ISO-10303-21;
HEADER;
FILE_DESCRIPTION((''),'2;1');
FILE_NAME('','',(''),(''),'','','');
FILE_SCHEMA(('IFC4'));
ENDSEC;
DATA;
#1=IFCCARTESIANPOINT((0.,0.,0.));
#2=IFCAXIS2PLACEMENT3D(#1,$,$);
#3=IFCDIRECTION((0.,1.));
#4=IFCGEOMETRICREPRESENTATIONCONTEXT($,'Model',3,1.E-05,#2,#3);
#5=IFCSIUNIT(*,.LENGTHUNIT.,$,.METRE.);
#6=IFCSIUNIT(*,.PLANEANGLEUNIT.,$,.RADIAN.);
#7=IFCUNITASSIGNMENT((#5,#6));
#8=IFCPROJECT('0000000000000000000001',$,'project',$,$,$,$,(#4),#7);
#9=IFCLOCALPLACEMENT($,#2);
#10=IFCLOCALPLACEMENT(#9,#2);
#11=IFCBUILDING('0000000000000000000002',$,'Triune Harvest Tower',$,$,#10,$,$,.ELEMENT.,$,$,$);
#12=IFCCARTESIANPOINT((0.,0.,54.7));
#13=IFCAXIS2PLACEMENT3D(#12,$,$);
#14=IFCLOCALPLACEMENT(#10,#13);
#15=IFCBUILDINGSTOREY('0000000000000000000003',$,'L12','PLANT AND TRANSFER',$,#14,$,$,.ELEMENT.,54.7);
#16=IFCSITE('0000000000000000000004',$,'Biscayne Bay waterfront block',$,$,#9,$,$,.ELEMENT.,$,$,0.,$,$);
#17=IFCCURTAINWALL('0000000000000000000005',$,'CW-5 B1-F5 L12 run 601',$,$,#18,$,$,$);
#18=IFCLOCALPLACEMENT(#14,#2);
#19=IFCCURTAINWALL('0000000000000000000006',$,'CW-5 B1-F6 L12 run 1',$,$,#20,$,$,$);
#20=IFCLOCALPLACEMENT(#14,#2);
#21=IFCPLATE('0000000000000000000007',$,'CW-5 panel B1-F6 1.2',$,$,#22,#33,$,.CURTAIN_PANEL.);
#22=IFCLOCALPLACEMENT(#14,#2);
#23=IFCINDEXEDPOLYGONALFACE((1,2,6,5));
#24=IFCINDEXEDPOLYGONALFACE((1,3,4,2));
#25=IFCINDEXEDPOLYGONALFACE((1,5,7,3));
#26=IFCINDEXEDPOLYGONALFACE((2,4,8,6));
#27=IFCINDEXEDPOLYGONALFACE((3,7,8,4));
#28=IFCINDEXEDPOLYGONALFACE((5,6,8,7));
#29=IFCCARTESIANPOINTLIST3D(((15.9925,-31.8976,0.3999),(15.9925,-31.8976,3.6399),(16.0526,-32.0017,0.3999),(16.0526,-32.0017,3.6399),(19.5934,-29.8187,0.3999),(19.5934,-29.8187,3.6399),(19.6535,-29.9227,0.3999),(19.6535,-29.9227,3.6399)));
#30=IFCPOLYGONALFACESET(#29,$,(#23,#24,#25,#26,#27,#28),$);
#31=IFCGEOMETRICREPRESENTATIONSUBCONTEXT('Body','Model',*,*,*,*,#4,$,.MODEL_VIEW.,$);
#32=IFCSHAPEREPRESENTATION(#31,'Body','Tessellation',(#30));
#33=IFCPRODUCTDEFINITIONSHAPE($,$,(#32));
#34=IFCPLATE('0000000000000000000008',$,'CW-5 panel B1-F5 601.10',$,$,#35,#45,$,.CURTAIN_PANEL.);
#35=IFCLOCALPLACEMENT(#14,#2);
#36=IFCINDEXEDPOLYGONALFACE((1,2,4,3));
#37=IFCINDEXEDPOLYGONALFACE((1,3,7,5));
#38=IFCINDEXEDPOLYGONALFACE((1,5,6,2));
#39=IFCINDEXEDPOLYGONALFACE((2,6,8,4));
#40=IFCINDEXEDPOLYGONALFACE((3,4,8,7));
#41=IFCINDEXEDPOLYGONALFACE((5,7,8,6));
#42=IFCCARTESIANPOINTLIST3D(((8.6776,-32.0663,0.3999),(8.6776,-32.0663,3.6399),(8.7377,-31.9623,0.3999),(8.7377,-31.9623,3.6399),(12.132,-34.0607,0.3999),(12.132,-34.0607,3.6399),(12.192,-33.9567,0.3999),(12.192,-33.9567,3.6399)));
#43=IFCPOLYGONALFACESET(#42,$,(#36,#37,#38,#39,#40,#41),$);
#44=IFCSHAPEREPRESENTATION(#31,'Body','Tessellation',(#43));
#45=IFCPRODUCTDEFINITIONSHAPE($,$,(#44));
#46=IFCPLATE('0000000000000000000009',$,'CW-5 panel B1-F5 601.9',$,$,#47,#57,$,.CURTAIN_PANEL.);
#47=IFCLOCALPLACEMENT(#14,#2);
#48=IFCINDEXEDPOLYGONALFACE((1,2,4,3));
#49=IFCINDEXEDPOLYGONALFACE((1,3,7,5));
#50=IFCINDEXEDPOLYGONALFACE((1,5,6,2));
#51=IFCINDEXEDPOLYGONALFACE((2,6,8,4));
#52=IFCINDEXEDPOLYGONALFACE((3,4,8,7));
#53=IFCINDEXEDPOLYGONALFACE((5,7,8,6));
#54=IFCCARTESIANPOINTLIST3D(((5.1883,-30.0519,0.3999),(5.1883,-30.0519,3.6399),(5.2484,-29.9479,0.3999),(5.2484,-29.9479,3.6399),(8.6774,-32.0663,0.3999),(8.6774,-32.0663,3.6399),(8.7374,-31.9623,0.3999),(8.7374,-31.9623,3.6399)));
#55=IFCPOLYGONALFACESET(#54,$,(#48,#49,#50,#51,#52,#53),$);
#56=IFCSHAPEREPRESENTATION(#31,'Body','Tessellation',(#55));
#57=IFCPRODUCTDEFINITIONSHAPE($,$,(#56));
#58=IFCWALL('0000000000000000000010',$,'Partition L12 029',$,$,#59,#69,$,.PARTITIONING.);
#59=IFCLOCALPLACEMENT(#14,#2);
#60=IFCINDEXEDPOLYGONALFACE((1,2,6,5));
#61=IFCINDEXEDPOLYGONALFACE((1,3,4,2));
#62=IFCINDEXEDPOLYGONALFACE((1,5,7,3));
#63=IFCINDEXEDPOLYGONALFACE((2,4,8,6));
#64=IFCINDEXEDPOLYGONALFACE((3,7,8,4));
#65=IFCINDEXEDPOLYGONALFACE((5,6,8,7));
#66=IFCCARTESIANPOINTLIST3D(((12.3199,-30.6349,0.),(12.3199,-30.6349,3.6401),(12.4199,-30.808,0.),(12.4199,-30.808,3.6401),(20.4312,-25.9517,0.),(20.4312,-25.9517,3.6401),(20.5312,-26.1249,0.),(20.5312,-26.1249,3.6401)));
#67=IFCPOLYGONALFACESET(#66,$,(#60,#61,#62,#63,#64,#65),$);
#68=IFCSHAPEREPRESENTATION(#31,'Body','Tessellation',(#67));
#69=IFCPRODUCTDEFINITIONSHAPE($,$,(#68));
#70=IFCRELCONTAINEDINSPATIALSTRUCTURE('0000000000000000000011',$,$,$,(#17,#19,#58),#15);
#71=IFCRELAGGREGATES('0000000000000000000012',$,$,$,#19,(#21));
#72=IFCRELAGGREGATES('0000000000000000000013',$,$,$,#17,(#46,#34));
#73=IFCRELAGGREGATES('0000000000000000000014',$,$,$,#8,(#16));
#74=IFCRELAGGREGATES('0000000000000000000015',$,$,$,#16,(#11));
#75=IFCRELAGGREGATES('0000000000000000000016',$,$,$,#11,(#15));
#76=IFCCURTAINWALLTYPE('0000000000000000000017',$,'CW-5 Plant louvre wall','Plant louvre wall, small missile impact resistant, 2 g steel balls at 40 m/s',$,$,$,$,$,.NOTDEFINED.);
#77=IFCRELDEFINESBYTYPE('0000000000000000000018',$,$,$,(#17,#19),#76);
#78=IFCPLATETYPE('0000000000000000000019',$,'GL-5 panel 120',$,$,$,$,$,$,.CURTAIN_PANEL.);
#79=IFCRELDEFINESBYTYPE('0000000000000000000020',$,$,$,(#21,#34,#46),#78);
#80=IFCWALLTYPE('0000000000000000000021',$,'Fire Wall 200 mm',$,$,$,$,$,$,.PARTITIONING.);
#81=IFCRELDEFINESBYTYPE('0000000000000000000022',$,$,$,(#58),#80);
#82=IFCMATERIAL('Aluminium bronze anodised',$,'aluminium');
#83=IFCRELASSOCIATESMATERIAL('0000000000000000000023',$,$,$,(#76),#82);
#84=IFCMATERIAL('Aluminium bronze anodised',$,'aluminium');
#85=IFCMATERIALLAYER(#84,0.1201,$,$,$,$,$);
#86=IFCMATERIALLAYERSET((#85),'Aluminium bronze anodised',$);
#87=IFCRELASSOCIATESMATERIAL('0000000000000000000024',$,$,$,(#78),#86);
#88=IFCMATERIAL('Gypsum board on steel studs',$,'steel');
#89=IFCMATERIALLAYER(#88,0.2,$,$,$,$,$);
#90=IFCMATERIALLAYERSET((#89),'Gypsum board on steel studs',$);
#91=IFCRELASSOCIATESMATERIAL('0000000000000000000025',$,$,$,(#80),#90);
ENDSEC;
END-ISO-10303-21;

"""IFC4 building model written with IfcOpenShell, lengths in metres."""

from ifc_helpers import new_model, si_unit, direction, frame, frame_2d, origin, origin_2d, place, context, subcontext, project, spatial, rectangle, extrude, source, transform, mapped, material, layer, layer_set, type_object, element, aggregate, save


model = new_model("IFC4")

# Units and contexts
model_context = context("Model", 3, precision=1e-05, world=origin(), true_north=direction((0.0, 1.0)))
body_context = subcontext(model_context, "Body", "Model", "MODEL_VIEW")
ifc_project = project(units=[si_unit("LENGTHUNIT", "METRE"), si_unit("PLANEANGLEUNIT", "RADIAN")], contexts=[model_context])

# Site, building, storey
site_placement = place(None, origin())
site = spatial("IfcSite", under=ifc_project, at=site_placement, Name="Biscayne Bay waterfront block", CompositionType="ELEMENT", RefElevation=0.0)
building_placement = place(site_placement, origin())
building = spatial("IfcBuilding", under=site, at=building_placement, Name="Triune Harvest Tower", CompositionType="ELEMENT")
storey_placement = place(building_placement, frame((0.0, 0.0, 54.7)))
storey = spatial("IfcBuildingStorey", under=building, at=storey_placement, Name="L12", Description="PLANT AND TRANSFER", CompositionType="ELEMENT", Elevation=54.7)

# Curtain walls
ifc_material_1 = material(Name="Aluminium bronze anodised", Category="aluminium")
curtain_wall_type = type_object("IfcCurtainWallType", Name="CW-5 Plant louvre wall", Description="Plant louvre wall, small missile impact resistant, 2 g steel balls at 40 m/s", PredefinedType="NOTDEFINED", material=ifc_material_1)
curtain_wall_1_placement = place(storey_placement, origin())
curtain_wall_1 = element("IfcCurtainWall", 1, at=curtain_wall_1_placement, inside=storey, type_object=curtain_wall_type, Name="CW-5 B1-F5 L12 run 601")
curtain_wall_2_placement = place(storey_placement, origin())
curtain_wall_2 = element("IfcCurtainWall", 2, at=curtain_wall_2_placement, inside=storey, type_object=curtain_wall_type, Name="CW-5 B1-F6 L12 run 1")

# Plates
ifc_material_2 = material(Name="Aluminium bronze anodised", Category="aluminium")
ifc_layer_1 = layer(ifc_material_2, 0.1201)
ifc_layer_set_1 = layer_set([ifc_layer_1], Name="Aluminium bronze anodised")
plate_type = type_object("IfcPlateType", Name="GL-5 panel 120", PredefinedType="CURTAIN_PANEL", material=ifc_layer_set_1)
shared_shape_1 = source(origin(), body_context, "Body", "SweptSolid", [
    extrude(rectangle(XDim=4.158, YDim=0.1201, at=origin_2d()), origin(), (0.0, 0.0, 1.0), 3.24),
])
plate_1_placement = place(storey_placement, frame((17.823, -30.9102, 0.3999), z_axis=(0.0, 0.0, 1.0), x_axis=(0.866026, 0.499999, 0.0)))
plate_1 = element("IfcPlate", 3, at=plate_1_placement, type_object=plate_type, Name="CW-5 panel B1-F6 1.2", PredefinedType="CURTAIN_PANEL", context=body_context, shape_type="MappedRepresentation", body=[
    mapped(shared_shape_1, transform((0.0, 0.0, 0.0), scale=1.0)),
])
aggregate(curtain_wall_2, [plate_1])
shared_shape_2 = source(origin(), body_context, "Body", "SweptSolid", [
    extrude(rectangle(XDim=3.9888, YDim=0.1201, at=origin_2d()), origin(), (0.0, 0.0, 1.0), 3.24),
])
plate_2_placement = place(storey_placement, frame((10.4348, -33.0115, 0.3999), z_axis=(0.0, 0.0, 1.0), x_axis=(0.866025, -0.5, 0.0)))
plate_2 = element("IfcPlate", 4, at=plate_2_placement, type_object=plate_type, Name="CW-5 panel B1-F5 601.10", PredefinedType="CURTAIN_PANEL", context=body_context, shape_type="MappedRepresentation", body=[
    mapped(shared_shape_2, transform((0.0, 0.0, 0.0), scale=1.0)),
])
shared_shape_3 = source(origin(), body_context, "Body", "SweptSolid", [
    extrude(rectangle(XDim=4.0288, YDim=0.1201, at=origin_2d()), origin(), (0.0, 0.0, 1.0), 3.24),
])
plate_3_placement = place(storey_placement, frame((6.9629, -31.0071, 0.3999), z_axis=(0.0, 0.0, 1.0), x_axis=(0.866025, -0.5, 0.0)))
plate_3 = element("IfcPlate", 5, at=plate_3_placement, type_object=plate_type, Name="CW-5 panel B1-F5 601.9", PredefinedType="CURTAIN_PANEL", context=body_context, shape_type="MappedRepresentation", body=[
    mapped(shared_shape_3, transform((0.0, 0.0, 0.0), scale=1.0)),
])
aggregate(curtain_wall_1, [plate_3, plate_2])

# Wall
ifc_material_3 = material(Name="Gypsum board on steel studs", Category="steel")
ifc_layer_2 = layer(ifc_material_3, 0.2)
ifc_layer_set_2 = layer_set([ifc_layer_2], Name="Gypsum board on steel studs")
wall_type = type_object("IfcWallType", Name="Fire Wall 200 mm", PredefinedType="PARTITIONING", material=ifc_layer_set_2)
wall_placement = place(storey_placement, frame((12.3699, -30.7214, 0.0), z_axis=(0.0, 0.0, 1.0), x_axis=(0.866024, 0.500002, 0.0)))
element("IfcWall", 6, at=wall_placement, inside=storey, type_object=wall_type, Name="Partition L12 029", PredefinedType="PARTITIONING", context=body_context, shape_type="SweptSolid", body=[
    extrude(rectangle(XDim=9.3662, YDim=0.2, at=frame_2d((4.6831, 0.0))), origin(), (0.0, 0.0, 1.0), 3.6401),
])

save(model, "model.ifc")
